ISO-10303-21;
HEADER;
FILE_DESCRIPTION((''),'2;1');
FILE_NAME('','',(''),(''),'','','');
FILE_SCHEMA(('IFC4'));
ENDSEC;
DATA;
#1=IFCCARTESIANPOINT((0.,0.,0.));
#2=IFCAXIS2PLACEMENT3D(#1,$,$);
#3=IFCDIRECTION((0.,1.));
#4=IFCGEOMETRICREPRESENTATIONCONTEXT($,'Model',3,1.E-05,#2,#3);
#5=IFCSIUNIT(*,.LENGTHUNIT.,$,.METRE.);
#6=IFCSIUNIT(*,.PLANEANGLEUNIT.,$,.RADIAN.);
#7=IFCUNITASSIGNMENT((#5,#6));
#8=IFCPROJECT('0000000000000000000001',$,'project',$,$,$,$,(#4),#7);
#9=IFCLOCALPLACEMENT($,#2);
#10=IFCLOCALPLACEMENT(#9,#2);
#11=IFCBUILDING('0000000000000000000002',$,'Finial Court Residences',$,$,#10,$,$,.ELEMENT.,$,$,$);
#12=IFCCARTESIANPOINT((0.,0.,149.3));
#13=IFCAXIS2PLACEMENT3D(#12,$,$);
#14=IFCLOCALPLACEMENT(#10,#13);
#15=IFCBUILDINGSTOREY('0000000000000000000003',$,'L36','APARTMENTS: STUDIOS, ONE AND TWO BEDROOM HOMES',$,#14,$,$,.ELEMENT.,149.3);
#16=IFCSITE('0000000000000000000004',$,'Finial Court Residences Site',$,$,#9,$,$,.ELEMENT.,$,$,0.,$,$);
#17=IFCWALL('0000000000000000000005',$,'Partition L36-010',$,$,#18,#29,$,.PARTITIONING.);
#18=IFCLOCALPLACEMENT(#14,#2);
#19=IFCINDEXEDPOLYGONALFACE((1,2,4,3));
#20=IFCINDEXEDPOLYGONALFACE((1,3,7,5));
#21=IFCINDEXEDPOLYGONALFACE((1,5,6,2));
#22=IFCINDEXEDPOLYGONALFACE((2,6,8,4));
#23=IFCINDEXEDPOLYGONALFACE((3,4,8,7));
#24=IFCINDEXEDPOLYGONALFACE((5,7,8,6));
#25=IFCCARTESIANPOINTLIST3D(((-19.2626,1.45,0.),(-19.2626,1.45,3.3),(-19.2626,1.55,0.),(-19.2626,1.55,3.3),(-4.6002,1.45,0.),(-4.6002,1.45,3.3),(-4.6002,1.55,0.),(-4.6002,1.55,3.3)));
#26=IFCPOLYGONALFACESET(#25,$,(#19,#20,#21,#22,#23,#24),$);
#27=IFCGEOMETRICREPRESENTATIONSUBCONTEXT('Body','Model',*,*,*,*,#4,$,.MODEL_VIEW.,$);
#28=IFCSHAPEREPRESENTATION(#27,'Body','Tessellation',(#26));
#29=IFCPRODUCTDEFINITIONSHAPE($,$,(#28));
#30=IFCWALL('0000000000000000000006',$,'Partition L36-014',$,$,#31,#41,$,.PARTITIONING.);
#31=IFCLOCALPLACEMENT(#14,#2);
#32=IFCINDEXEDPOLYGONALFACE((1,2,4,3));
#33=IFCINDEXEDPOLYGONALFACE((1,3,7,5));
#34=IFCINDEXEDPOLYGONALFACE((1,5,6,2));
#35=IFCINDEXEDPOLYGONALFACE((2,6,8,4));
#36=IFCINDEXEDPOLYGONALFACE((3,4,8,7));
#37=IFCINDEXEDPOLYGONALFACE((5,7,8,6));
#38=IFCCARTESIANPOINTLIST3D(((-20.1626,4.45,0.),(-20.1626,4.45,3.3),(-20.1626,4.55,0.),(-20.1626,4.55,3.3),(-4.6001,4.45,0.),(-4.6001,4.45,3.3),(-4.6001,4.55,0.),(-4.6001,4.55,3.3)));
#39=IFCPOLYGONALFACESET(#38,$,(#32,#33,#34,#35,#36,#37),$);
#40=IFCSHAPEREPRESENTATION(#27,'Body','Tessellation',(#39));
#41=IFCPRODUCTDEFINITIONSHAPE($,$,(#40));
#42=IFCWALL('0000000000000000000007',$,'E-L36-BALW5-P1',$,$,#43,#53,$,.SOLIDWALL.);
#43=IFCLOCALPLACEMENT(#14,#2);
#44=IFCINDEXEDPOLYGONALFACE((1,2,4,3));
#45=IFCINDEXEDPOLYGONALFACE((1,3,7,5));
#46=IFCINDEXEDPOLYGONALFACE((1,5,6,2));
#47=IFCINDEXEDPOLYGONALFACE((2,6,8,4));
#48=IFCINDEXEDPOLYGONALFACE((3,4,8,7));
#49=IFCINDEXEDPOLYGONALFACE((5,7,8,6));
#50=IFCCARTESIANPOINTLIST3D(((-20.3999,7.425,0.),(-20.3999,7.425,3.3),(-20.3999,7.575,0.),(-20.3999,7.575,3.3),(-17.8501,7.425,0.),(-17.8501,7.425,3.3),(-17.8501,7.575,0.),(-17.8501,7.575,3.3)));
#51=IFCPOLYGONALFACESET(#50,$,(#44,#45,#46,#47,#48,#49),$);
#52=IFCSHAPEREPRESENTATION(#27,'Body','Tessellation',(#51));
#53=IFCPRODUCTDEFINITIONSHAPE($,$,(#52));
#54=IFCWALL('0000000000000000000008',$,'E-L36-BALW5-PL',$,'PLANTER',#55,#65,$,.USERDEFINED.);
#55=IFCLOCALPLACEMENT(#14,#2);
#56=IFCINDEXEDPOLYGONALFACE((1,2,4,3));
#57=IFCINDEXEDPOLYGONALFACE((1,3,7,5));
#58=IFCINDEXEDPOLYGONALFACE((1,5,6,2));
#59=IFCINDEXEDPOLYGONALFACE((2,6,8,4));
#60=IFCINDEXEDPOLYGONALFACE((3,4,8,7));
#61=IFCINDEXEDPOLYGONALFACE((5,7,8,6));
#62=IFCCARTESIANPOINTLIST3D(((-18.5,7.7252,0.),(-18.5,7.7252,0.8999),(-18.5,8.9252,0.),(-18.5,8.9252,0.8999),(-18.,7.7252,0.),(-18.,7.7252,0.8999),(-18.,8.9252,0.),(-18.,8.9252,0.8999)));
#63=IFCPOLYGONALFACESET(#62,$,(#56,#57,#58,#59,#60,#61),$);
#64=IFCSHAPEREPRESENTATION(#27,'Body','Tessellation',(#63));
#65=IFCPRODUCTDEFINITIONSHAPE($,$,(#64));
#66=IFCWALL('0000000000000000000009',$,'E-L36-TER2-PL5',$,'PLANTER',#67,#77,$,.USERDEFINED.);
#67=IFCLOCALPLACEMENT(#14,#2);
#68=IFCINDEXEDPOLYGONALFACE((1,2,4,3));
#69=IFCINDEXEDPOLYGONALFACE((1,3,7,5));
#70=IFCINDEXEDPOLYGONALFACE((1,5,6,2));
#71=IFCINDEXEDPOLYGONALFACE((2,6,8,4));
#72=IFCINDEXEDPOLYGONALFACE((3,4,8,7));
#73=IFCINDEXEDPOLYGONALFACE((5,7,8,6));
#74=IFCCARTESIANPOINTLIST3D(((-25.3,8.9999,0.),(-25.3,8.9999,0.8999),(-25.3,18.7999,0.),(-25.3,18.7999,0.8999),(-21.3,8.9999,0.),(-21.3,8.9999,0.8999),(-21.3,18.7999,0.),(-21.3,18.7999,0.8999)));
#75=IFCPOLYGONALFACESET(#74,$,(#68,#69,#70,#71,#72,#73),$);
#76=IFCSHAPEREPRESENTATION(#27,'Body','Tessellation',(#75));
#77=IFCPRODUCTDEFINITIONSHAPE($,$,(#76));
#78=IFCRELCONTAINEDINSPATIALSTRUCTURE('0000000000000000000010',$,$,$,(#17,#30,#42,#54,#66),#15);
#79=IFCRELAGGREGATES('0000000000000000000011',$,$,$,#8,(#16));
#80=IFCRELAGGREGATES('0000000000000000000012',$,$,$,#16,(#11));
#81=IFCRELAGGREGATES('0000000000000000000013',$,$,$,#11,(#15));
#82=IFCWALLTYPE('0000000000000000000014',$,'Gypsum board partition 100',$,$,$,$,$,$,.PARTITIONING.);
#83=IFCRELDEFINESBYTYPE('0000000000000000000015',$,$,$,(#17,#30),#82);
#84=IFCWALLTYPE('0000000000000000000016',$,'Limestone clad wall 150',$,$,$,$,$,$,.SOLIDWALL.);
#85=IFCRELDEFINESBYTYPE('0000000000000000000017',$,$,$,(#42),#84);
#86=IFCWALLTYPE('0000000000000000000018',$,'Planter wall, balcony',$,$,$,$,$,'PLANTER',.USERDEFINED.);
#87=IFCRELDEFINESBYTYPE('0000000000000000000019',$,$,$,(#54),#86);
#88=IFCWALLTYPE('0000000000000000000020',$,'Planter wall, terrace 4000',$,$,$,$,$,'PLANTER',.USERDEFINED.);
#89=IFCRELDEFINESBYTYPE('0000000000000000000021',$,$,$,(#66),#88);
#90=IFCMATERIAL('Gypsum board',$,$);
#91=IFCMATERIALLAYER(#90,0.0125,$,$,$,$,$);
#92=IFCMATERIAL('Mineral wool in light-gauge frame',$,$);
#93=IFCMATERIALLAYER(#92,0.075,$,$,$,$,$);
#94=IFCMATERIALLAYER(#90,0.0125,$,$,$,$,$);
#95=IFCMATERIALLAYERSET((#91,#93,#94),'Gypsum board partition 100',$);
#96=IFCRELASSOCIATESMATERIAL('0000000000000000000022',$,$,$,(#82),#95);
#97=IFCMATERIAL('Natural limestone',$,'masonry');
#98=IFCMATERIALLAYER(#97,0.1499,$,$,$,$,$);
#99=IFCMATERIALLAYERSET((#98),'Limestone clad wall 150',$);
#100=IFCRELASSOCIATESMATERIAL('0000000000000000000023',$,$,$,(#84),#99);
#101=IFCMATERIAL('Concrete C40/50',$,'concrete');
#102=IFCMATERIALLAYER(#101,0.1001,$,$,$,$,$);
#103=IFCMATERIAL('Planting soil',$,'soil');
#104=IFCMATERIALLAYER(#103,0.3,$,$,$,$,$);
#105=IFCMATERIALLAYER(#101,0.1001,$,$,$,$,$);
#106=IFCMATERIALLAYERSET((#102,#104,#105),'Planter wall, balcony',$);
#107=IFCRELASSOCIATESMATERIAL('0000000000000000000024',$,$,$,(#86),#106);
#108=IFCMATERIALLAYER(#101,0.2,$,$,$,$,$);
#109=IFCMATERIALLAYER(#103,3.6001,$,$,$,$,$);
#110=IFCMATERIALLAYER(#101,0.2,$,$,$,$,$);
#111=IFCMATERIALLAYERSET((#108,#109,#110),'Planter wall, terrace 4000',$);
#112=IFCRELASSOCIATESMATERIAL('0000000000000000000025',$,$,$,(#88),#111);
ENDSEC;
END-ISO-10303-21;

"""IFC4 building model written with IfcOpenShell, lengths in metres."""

from ifc_helpers import new_model, si_unit, direction, frame, frame_2d, origin, place, context, subcontext, project, spatial, rectangle, extrude, material, layer, layer_set, type_object, element, save


model = new_model("IFC4")

# Units and contexts
model_context = context("Model", 3, precision=1e-05, world=origin(), true_north=direction((0.0, 1.0)))
body_context = subcontext(model_context, "Body", "Model", "MODEL_VIEW")
ifc_project = project(units=[si_unit("LENGTHUNIT", "METRE"), si_unit("PLANEANGLEUNIT", "RADIAN")], contexts=[model_context])

# Site, building, storey
site_placement = place(None, origin())
site = spatial("IfcSite", under=ifc_project, at=site_placement, Name="Finial Court Residences Site", CompositionType="ELEMENT", RefElevation=0.0)
building_placement = place(site_placement, origin())
building = spatial("IfcBuilding", under=site, at=building_placement, Name="Finial Court Residences", CompositionType="ELEMENT")
storey_placement = place(building_placement, frame((0.0, 0.0, 149.3)))
storey = spatial("IfcBuildingStorey", under=building, at=storey_placement, Name="L36", Description="APARTMENTS: STUDIOS, ONE AND TWO BEDROOM HOMES", CompositionType="ELEMENT", Elevation=149.3)

# Shared definitions
ifc_material_1 = material(Name="Gypsum board")

# Walls
ifc_layer_1 = layer(ifc_material_1, 0.0125)
ifc_material_2 = material(Name="Mineral wool in light-gauge frame")
ifc_layer_2 = layer(ifc_material_2, 0.075)
ifc_layer_3 = layer(ifc_material_1, 0.0125)
ifc_layer_set_1 = layer_set([ifc_layer_1, ifc_layer_2, ifc_layer_3], Name="Gypsum board partition 100")
wall_type_1 = type_object("IfcWallType", Name="Gypsum board partition 100", PredefinedType="PARTITIONING", material=ifc_layer_set_1)
wall_1_placement = place(storey_placement, frame((-19.2625, 1.5, 0.0), z_axis=(0.0, 0.0, 1.0), x_axis=(1.0, 0.0, 0.0)))
element("IfcWall", 1, at=wall_1_placement, inside=storey, type_object=wall_type_1, Name="Partition L36-010", PredefinedType="PARTITIONING", context=body_context, shape_type="SweptSolid", body=[
    extrude(rectangle(XDim=14.6624, YDim=0.1001, at=frame_2d((7.3311, 0.0))), origin(), (0.0, 0.0, 1.0), 3.3),
])
wall_2_placement = place(storey_placement, frame((-20.1626, 4.5, 0.0), z_axis=(0.0, 0.0, 1.0), x_axis=(1.0, 0.0, 0.0)))
element("IfcWall", 2, at=wall_2_placement, inside=storey, type_object=wall_type_1, Name="Partition L36-014", PredefinedType="PARTITIONING", context=body_context, shape_type="SweptSolid", body=[
    extrude(rectangle(XDim=15.5625, YDim=0.1001, at=frame_2d((7.7812, 0.0))), origin(), (0.0, 0.0, 1.0), 3.3),
])
ifc_material_3 = material(Name="Natural limestone", Category="masonry")
ifc_layer_4 = layer(ifc_material_3, 0.1499)
ifc_layer_set_2 = layer_set([ifc_layer_4], Name="Limestone clad wall 150")
wall_type_2 = type_object("IfcWallType", Name="Limestone clad wall 150", PredefinedType="SOLIDWALL", material=ifc_layer_set_2)
wall_3_placement = place(storey_placement, frame((-17.8501, 7.5, 0.0), z_axis=(0.0, 0.0, 1.0), x_axis=(-1.0, 0.0, 0.0)))
element("IfcWall", 3, at=wall_3_placement, inside=storey, type_object=wall_type_2, Name="E-L36-BALW5-P1", PredefinedType="SOLIDWALL", context=body_context, shape_type="SweptSolid", body=[
    extrude(rectangle(XDim=2.5498, YDim=0.1499, at=frame_2d((1.2749, 0.0))), origin(), (0.0, 0.0, 1.0), 3.3),
])

# Walls
ifc_material_4 = material(Name="Concrete C40/50", Category="concrete")
ifc_layer_5 = layer(ifc_material_4, 0.1001)
ifc_material_5 = material(Name="Planting soil", Category="soil")
ifc_layer_6 = layer(ifc_material_5, 0.3)
ifc_layer_7 = layer(ifc_material_4, 0.1001)
ifc_layer_set_3 = layer_set([ifc_layer_5, ifc_layer_6, ifc_layer_7], Name="Planter wall, balcony")
wall_type_3 = type_object("IfcWallType", Name="Planter wall, balcony", ElementType="PLANTER", PredefinedType="USERDEFINED", material=ifc_layer_set_3)
wall_4_placement = place(storey_placement, frame((-18.25, 7.7251, 0.0), z_axis=(0.0, 0.0, 1.0), x_axis=(0.0, 1.0, 0.0)))
element("IfcWall", 4, at=wall_4_placement, inside=storey, type_object=wall_type_3, Name="E-L36-BALW5-PL", ObjectType="PLANTER", PredefinedType="USERDEFINED", context=body_context, shape_type="SweptSolid", body=[
    extrude(rectangle(XDim=1.2, YDim=0.5, at=frame_2d((0.6001, 0.0))), origin(), (0.0, 0.0, 1.0), 0.8999),
])
ifc_layer_8 = layer(ifc_material_4, 0.2)
ifc_layer_9 = layer(ifc_material_5, 3.6001)
ifc_layer_10 = layer(ifc_material_4, 0.2)
ifc_layer_set_4 = layer_set([ifc_layer_8, ifc_layer_9, ifc_layer_10], Name="Planter wall, terrace 4000")
wall_type_4 = type_object("IfcWallType", Name="Planter wall, terrace 4000", ElementType="PLANTER", PredefinedType="USERDEFINED", material=ifc_layer_set_4)
wall_5_placement = place(storey_placement, frame((-23.3, 9.0, 0.0), z_axis=(0.0, 0.0, 1.0), x_axis=(0.0, 1.0, 0.0)))
element("IfcWall", 5, at=wall_5_placement, inside=storey, type_object=wall_type_4, Name="E-L36-TER2-PL5", ObjectType="PLANTER", PredefinedType="USERDEFINED", context=body_context, shape_type="SweptSolid", body=[
    extrude(rectangle(XDim=9.8, YDim=4.0, at=frame_2d((4.8999, 0.0))), origin(), (0.0, 0.0, 1.0), 0.8999),
])

save(model, "model.ifc")
